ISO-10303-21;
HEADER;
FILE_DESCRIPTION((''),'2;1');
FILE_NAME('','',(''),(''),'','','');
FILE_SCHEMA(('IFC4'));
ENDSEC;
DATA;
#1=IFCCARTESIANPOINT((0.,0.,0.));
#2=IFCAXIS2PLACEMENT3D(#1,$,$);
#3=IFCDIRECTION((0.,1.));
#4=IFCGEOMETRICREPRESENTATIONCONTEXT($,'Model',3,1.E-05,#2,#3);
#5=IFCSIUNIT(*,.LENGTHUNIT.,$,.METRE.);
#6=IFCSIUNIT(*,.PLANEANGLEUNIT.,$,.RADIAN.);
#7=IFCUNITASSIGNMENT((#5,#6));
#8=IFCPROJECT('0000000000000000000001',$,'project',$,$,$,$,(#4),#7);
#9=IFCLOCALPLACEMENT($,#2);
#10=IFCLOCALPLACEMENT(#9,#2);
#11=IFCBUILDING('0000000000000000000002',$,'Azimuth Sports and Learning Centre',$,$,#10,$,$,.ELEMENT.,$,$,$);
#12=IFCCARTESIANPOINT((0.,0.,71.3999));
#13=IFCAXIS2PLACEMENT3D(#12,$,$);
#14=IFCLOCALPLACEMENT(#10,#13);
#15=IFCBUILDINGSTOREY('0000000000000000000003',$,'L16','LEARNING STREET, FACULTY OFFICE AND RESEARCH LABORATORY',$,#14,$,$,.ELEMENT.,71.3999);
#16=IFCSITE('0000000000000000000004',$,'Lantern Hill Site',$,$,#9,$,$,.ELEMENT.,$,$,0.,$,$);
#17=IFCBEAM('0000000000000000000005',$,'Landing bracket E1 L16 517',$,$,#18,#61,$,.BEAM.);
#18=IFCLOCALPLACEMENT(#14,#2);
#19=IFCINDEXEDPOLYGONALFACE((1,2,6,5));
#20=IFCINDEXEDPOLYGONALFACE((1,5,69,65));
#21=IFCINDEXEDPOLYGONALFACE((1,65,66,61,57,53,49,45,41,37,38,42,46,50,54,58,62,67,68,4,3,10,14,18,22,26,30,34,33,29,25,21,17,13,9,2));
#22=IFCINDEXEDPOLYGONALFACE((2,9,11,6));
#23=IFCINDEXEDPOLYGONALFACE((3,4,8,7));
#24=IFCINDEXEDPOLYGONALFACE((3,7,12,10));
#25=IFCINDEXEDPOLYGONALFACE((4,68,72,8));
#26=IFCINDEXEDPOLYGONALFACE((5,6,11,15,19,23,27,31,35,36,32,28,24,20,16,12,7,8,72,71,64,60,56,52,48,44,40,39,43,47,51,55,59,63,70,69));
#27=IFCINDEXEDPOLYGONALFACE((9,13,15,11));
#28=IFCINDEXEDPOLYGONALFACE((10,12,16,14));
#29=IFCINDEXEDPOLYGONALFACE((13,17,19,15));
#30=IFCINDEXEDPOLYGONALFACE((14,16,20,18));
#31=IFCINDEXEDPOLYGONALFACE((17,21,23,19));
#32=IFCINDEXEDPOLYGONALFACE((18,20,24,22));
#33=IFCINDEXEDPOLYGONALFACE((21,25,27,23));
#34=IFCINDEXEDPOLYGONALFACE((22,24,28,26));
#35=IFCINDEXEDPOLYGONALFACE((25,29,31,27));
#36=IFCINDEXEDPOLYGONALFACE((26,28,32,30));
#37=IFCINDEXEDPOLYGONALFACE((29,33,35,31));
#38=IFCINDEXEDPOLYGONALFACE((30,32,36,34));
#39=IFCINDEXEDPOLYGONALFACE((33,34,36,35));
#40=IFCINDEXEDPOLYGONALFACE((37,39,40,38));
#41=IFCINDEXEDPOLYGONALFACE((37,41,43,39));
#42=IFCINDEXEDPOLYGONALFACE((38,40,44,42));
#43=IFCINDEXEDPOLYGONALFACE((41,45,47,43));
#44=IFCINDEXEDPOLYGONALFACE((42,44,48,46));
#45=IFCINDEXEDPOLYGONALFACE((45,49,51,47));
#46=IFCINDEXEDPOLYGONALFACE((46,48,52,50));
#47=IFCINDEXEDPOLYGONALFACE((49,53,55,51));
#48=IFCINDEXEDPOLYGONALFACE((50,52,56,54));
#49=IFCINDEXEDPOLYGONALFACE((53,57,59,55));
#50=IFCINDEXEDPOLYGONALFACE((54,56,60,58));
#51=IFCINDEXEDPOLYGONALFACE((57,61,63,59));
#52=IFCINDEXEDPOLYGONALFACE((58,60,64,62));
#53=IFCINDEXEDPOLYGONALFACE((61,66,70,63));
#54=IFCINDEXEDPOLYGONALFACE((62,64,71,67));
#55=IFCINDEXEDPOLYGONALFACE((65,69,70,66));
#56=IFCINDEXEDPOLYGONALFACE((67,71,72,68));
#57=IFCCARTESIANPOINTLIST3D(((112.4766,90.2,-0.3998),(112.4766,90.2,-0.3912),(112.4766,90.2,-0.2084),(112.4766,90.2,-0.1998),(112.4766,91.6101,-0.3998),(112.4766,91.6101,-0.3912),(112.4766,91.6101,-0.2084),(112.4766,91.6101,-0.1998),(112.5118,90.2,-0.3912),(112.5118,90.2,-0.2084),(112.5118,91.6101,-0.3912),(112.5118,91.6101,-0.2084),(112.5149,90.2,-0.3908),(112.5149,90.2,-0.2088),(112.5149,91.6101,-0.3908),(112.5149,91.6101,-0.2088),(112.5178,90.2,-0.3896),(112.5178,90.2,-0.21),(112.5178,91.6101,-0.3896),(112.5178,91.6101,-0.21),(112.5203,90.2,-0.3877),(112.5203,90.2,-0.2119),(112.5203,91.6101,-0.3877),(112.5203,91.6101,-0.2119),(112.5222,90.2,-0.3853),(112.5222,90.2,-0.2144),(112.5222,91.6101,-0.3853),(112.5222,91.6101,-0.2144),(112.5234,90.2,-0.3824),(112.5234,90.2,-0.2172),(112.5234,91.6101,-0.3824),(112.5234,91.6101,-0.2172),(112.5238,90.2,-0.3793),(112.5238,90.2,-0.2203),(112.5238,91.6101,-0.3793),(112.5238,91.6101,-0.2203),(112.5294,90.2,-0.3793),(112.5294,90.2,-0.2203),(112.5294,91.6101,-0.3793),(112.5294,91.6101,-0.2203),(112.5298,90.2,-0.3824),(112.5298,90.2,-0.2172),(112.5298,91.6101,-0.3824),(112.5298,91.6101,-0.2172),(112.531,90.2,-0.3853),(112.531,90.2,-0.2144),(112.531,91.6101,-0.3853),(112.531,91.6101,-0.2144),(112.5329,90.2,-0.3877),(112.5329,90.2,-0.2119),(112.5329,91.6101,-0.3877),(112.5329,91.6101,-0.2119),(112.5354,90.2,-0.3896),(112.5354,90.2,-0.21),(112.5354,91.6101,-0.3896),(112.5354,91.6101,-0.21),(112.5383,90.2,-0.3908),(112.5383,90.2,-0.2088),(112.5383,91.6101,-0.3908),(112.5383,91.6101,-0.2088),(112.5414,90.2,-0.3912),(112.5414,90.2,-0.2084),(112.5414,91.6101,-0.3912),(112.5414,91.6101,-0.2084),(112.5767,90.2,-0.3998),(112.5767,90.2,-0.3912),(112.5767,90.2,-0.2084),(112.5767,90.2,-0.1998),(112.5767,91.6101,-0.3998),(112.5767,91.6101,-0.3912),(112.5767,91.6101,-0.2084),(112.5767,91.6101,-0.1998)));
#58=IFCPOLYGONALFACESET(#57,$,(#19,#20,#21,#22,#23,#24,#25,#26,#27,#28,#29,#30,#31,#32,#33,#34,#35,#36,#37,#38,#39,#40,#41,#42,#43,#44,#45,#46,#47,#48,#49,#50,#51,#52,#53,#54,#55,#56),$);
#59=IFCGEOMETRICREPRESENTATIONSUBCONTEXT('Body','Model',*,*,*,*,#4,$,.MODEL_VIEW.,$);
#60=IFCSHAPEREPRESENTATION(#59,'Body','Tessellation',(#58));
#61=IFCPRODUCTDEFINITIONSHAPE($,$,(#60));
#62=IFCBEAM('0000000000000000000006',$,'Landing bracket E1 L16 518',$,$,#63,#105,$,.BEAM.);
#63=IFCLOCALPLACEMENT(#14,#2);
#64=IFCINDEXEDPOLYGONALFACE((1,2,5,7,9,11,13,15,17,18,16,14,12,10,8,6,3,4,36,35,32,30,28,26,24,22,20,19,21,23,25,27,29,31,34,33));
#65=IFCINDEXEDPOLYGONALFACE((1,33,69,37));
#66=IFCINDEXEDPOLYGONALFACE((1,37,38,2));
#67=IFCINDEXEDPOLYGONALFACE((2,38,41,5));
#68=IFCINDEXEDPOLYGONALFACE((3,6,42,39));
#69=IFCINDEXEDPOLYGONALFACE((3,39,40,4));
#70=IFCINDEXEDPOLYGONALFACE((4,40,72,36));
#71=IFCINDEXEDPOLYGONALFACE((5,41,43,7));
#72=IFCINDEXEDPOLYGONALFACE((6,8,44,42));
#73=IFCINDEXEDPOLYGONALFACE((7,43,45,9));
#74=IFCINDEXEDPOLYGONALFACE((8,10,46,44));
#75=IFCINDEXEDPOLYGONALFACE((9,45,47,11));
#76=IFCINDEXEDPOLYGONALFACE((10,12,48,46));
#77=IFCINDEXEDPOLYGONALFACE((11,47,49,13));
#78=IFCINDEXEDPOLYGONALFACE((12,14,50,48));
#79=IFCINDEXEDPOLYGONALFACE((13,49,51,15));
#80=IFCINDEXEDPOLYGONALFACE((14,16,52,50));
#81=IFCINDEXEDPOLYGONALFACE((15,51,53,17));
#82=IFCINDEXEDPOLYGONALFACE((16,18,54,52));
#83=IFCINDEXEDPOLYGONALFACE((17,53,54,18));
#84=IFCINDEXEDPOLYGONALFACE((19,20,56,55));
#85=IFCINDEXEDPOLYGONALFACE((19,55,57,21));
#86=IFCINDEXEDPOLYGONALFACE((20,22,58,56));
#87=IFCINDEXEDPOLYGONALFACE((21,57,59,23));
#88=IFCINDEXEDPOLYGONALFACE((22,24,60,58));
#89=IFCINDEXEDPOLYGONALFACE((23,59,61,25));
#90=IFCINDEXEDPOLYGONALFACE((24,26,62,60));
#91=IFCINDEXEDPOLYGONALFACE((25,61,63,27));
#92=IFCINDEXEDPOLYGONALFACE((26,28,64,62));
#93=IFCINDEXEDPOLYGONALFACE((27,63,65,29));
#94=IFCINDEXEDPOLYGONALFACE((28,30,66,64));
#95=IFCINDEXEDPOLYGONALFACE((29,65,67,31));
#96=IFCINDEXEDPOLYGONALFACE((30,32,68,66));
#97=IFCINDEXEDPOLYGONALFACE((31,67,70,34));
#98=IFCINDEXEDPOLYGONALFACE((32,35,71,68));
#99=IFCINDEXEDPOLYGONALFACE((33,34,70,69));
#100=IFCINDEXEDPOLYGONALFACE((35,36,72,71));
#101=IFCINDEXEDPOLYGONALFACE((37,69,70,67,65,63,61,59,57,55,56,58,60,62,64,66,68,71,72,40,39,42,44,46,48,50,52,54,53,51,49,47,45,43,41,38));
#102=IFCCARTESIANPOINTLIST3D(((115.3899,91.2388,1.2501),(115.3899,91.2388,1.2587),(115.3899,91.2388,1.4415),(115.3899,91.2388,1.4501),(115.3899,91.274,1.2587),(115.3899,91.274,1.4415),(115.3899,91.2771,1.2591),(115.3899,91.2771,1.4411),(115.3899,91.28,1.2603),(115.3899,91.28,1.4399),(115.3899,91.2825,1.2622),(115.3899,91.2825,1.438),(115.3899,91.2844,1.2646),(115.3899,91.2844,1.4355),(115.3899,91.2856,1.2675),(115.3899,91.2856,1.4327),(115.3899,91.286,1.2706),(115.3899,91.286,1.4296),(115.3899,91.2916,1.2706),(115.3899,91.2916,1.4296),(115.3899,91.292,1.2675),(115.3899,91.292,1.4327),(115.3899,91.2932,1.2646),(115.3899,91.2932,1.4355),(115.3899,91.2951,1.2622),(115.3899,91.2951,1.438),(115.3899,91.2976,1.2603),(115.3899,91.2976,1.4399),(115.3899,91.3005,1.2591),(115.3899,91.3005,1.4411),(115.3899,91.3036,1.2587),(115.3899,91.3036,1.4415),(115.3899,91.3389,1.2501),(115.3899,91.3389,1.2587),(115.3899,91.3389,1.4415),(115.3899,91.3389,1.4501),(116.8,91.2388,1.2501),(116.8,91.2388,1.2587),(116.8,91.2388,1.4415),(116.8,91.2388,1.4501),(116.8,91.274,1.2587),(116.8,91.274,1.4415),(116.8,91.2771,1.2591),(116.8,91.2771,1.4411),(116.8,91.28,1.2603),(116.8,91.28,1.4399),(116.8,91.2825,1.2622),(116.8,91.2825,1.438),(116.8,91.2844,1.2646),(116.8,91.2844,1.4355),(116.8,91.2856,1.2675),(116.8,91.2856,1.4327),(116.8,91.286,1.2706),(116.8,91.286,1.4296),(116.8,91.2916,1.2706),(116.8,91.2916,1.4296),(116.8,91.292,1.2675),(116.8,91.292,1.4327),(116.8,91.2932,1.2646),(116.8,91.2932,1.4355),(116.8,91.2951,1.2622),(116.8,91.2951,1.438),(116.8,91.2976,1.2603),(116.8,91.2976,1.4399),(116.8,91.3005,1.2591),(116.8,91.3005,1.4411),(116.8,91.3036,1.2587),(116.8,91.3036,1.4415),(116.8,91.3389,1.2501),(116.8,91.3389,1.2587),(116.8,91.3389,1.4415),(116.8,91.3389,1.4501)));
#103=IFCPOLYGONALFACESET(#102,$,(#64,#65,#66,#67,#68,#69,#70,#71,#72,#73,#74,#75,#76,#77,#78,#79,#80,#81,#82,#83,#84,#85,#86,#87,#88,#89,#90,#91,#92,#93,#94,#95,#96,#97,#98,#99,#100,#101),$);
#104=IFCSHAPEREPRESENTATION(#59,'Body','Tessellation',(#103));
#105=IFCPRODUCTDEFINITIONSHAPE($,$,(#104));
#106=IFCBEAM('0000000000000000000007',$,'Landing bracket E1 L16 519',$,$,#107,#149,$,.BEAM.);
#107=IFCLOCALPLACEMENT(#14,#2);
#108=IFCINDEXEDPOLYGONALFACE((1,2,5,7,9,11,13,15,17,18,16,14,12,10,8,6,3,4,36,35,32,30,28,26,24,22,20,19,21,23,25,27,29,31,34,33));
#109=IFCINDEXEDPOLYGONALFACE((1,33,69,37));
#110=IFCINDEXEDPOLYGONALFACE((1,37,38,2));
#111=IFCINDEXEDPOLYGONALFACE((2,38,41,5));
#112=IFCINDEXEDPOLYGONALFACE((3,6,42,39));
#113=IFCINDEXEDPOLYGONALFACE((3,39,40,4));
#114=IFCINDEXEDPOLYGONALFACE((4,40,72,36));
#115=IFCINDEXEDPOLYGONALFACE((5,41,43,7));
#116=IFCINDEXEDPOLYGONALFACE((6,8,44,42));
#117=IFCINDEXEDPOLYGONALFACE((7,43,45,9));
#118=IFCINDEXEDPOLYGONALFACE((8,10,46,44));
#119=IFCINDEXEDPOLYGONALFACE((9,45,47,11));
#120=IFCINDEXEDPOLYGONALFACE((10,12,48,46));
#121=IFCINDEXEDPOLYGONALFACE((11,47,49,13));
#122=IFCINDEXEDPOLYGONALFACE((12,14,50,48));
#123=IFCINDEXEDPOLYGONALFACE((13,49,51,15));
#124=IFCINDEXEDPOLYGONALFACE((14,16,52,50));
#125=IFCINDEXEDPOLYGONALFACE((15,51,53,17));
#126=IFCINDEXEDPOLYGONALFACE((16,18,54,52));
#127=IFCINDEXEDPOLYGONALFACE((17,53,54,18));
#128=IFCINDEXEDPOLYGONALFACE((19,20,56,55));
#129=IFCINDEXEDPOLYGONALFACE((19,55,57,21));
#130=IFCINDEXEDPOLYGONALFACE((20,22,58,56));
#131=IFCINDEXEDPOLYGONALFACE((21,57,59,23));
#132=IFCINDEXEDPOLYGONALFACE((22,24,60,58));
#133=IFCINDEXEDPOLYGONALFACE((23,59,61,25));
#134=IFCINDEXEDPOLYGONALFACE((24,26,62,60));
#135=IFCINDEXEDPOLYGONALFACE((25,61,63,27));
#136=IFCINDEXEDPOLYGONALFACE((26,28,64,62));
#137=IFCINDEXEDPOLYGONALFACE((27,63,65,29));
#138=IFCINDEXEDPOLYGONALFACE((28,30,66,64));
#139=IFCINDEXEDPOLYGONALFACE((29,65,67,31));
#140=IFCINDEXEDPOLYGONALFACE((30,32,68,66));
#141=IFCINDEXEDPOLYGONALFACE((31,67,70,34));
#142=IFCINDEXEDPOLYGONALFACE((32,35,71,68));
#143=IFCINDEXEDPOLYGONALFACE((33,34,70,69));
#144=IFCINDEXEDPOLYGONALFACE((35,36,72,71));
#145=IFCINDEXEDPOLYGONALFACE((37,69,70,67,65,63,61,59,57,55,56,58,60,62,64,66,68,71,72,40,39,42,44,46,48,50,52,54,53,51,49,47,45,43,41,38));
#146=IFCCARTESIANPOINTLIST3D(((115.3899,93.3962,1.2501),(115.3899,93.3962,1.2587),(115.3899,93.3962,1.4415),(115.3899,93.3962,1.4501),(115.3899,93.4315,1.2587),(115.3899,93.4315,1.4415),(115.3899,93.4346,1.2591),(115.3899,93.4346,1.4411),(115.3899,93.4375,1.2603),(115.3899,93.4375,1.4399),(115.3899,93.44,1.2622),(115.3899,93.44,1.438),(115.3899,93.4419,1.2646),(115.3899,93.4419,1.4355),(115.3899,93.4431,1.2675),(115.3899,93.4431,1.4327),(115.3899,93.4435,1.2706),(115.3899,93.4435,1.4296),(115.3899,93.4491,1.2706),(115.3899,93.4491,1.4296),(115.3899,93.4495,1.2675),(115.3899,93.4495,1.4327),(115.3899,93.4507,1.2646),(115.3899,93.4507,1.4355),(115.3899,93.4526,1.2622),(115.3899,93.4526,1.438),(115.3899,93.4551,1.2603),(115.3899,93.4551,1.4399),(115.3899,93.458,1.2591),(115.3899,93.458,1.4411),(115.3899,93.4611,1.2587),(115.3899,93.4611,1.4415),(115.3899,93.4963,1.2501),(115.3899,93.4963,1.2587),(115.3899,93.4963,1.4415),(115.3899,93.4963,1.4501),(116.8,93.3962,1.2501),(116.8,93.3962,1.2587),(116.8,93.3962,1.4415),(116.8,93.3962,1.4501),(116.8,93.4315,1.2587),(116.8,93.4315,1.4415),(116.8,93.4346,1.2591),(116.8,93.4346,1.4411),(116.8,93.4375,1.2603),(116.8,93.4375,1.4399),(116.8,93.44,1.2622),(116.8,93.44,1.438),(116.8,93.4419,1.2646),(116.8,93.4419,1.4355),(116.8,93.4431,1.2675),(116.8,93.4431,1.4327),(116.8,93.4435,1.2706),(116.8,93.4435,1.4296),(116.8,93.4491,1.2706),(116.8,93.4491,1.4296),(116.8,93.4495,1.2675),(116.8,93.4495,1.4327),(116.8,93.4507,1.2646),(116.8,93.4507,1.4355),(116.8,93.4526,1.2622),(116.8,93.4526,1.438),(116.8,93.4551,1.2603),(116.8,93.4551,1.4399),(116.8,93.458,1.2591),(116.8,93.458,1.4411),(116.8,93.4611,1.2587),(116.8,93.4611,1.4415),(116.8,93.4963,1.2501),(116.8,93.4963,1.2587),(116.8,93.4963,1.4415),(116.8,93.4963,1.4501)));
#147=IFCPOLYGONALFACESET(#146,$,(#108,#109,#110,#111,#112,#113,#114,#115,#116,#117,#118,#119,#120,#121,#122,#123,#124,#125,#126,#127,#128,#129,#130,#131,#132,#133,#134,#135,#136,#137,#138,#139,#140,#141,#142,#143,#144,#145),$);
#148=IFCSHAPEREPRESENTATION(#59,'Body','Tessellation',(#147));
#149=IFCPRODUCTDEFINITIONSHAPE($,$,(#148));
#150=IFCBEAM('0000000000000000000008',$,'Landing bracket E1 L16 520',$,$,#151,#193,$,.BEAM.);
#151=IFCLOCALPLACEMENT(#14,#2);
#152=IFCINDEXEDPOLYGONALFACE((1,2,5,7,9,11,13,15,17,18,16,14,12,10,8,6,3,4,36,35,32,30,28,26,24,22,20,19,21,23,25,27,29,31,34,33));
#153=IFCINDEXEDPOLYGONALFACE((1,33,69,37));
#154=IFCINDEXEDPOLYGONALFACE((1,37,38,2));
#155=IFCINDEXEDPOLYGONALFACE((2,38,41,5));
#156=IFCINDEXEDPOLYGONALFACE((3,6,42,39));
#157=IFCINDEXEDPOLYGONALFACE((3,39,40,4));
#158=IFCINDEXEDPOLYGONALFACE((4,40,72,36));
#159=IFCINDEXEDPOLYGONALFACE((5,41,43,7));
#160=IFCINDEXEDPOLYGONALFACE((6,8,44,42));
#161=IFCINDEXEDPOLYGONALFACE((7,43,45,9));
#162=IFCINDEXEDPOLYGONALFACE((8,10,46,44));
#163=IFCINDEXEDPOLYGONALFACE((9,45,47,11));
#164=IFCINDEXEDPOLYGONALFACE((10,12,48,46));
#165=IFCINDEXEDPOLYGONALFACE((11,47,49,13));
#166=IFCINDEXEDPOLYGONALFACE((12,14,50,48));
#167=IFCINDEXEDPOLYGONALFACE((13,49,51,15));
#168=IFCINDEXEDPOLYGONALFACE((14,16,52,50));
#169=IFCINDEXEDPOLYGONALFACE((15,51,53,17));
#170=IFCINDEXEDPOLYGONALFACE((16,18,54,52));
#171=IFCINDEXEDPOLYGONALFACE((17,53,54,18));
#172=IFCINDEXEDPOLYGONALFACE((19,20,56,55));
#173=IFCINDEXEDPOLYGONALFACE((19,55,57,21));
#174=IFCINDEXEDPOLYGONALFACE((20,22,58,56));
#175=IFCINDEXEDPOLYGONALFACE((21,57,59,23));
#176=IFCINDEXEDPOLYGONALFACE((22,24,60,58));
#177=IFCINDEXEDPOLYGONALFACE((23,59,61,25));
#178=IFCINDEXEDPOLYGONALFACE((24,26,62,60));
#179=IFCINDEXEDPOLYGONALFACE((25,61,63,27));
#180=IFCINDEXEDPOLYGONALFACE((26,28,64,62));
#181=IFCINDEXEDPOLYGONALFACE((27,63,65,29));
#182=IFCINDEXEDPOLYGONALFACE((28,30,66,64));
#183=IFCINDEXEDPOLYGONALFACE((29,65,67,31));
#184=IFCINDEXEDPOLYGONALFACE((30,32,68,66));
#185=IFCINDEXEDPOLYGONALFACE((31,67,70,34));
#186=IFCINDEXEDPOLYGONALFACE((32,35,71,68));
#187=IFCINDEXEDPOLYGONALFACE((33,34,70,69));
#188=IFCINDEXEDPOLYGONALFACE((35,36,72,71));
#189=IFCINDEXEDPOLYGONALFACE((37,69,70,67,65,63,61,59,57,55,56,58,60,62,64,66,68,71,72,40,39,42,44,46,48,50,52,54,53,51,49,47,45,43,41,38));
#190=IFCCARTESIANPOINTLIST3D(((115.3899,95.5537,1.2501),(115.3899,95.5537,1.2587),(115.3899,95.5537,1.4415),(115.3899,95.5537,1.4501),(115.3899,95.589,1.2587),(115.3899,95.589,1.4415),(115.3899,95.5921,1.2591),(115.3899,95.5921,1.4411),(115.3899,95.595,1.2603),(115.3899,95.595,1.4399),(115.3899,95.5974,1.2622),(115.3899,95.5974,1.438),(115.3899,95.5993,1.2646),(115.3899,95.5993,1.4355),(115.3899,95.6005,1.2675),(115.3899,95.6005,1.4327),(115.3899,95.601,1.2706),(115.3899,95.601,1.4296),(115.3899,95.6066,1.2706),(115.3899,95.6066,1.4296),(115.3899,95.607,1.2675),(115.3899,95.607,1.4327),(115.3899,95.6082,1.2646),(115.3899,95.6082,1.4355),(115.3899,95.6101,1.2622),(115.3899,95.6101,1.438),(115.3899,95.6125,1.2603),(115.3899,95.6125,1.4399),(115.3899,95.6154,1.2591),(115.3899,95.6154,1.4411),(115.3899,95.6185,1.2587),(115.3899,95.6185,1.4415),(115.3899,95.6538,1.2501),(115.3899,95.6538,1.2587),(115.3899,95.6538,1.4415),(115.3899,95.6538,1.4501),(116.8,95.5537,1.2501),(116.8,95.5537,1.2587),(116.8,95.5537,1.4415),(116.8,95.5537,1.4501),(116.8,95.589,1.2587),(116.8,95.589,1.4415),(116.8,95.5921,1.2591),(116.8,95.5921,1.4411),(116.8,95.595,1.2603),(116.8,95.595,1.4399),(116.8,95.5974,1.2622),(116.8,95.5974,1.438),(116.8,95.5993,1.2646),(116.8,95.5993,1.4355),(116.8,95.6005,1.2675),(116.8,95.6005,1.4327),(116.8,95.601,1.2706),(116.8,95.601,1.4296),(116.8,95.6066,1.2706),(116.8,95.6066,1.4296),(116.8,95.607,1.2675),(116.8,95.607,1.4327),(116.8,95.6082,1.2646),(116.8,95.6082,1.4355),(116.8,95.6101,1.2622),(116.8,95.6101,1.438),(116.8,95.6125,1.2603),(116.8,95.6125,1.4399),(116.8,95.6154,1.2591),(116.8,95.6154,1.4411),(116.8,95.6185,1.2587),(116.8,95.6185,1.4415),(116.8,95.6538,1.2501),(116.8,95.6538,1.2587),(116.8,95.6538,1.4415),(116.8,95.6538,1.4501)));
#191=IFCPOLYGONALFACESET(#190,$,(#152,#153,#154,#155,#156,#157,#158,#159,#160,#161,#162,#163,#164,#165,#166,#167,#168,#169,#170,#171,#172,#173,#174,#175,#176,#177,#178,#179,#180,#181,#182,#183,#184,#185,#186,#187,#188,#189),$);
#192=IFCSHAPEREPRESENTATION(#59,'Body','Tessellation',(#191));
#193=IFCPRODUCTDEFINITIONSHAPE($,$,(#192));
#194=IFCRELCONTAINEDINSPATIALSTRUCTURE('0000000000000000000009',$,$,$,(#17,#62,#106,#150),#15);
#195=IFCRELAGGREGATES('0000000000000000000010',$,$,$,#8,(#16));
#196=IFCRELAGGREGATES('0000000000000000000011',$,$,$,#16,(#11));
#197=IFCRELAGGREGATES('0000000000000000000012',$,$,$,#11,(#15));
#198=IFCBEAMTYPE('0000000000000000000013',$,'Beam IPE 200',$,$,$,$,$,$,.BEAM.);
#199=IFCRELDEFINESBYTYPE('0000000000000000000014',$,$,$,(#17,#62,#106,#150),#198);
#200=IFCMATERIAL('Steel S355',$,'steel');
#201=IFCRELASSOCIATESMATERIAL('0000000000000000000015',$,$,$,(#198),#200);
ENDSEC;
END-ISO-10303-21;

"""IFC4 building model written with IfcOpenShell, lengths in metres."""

from ifc_helpers import new_model, si_unit, direction, frame, origin, origin_2d, place, context, subcontext, project, spatial, i_section, extrude, material, material_profile, profile_set, type_object, element, save


model = new_model("IFC4")

# Units and contexts
model_context = context("Model", 3, precision=1e-05, world=origin(), true_north=direction((0.0, 1.0)))
body_context = subcontext(model_context, "Body", "Model", "MODEL_VIEW")
ifc_project = project(units=[si_unit("LENGTHUNIT", "METRE"), si_unit("PLANEANGLEUNIT", "RADIAN")], contexts=[model_context])

# Site, building, storey
site_placement = place(None, origin())
site = spatial("IfcSite", under=ifc_project, at=site_placement, Name="Lantern Hill Site", CompositionType="ELEMENT", RefElevation=0.0)
building_placement = place(site_placement, origin())
building = spatial("IfcBuilding", under=site, at=building_placement, Name="Azimuth Sports and Learning Centre", CompositionType="ELEMENT")
storey_placement = place(building_placement, frame((0.0, 0.0, 71.3999)))
storey = spatial("IfcBuildingStorey", under=building, at=storey_placement, Name="L16", Description="LEARNING STREET, FACULTY OFFICE AND RESEARCH LABORATORY", CompositionType="ELEMENT", Elevation=71.3999)

# Beams
ifc_material_1 = material(Name="Steel S355", Category="steel")
ifc_material_profile = material_profile(ifc_material_1, i_section(OverallWidth=0.1001, OverallDepth=0.2, WebThickness=0.0056, FlangeThickness=0.0085, FilletRadius=0.012, at=origin_2d()), Name="IPE 200")
ifc_profile_set = profile_set([ifc_material_profile], Name="Steel S355")
beam_type = type_object("IfcBeamType", Name="Beam IPE 200", PredefinedType="BEAM", material=ifc_profile_set)
for number, where, z_axis, x_axis, name in (
    (1, (112.5266, 90.2, -0.2998), (0.0, 1.0, 0.0), (-1.0, 0.0, 0.0), "Landing bracket E1 L16 517"),
    (2, (116.8, 91.2888, 1.3501), (-1.0, 0.0, 0.0), (0.0, -1.0, 0.0), "Landing bracket E1 L16 518"),
    (3, (116.8, 93.4463, 1.3501), (-1.0, 0.0, 0.0), (0.0, -1.0, 0.0), "Landing bracket E1 L16 519"),
    (4, (116.8, 95.6038, 1.3501), (-1.0, 0.0, 0.0), (0.0, -1.0, 0.0), "Landing bracket E1 L16 520"),
):
    element("IfcBeam", number, at=place(storey_placement, frame(where, z_axis=z_axis, x_axis=x_axis)), inside=storey, type_object=beam_type, Name=name, PredefinedType="BEAM", context=body_context, shape_type="SweptSolid", body=[
        extrude(i_section(OverallWidth=0.1001, OverallDepth=0.2, WebThickness=0.0056, FlangeThickness=0.0085, FilletRadius=0.012, at=origin_2d()), origin(), (0.0, 0.0, 1.0), 1.4102),
    ])

save(model, "model.ifc")
